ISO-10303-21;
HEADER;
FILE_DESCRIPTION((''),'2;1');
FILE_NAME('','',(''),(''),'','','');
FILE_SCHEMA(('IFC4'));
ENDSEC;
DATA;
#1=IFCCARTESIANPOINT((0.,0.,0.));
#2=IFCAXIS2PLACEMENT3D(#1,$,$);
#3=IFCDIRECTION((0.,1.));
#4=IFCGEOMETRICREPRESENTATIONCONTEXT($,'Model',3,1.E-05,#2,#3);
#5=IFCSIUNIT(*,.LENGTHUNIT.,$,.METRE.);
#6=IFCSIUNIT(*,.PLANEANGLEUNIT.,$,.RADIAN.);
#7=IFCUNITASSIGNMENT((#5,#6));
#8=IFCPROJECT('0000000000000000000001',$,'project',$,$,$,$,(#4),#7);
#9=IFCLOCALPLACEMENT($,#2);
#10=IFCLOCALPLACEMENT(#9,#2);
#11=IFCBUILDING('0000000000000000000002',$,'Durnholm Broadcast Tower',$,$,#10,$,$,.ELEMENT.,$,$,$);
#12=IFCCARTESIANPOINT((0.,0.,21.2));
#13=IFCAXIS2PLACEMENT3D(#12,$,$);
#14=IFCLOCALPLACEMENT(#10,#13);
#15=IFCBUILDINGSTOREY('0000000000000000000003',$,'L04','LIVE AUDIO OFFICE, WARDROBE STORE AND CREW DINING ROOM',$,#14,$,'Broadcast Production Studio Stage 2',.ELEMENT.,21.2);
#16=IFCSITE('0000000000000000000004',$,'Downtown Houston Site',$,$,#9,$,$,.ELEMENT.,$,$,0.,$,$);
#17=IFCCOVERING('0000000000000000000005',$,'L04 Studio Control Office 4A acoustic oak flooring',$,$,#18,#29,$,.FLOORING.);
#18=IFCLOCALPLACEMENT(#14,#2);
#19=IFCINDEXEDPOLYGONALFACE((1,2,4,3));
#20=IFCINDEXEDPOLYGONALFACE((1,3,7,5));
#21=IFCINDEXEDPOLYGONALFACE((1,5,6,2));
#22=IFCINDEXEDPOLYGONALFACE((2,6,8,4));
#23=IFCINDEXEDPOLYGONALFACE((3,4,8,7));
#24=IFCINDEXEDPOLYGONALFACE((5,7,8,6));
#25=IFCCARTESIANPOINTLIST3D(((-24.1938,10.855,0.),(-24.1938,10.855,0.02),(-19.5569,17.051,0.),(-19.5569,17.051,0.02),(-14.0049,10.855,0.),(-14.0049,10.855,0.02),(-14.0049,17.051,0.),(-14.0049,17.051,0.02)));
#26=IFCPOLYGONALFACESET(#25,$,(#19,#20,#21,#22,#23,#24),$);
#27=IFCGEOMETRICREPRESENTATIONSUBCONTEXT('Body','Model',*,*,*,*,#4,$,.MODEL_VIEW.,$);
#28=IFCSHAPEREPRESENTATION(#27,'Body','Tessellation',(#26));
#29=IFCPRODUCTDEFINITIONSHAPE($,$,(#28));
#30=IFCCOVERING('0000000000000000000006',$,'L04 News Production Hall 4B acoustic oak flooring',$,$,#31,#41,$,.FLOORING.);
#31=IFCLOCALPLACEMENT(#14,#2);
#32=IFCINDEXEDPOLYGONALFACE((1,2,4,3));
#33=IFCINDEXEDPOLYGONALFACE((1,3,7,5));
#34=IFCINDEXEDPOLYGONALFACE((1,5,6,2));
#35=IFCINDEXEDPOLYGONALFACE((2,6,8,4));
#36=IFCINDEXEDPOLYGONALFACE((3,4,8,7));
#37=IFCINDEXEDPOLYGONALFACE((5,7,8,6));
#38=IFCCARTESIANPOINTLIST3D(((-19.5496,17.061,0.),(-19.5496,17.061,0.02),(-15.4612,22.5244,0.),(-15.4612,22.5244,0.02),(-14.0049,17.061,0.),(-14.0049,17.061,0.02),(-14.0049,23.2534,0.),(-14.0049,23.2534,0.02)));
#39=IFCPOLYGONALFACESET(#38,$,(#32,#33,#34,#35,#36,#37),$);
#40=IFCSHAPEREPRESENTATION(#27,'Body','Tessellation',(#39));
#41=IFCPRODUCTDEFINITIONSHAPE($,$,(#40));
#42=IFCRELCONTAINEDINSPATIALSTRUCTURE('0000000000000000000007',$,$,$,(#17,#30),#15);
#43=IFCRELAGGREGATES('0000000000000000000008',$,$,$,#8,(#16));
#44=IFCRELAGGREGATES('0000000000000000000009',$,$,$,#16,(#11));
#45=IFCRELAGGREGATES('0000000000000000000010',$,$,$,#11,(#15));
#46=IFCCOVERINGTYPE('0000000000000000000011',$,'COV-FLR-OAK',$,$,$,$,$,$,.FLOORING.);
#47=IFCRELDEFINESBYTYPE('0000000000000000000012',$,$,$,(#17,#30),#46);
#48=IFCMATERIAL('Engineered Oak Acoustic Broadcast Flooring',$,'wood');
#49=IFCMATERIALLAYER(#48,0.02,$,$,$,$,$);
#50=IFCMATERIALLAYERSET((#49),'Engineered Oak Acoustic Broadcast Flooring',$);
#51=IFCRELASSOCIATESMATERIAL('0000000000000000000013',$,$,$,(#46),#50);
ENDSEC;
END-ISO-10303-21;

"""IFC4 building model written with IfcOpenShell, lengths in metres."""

from ifc_helpers import new_model, si_unit, direction, frame, origin, place, context, subcontext, project, spatial, polyline, outline, extrude, material, layer, layer_set, type_object, element, save


model = new_model("IFC4")

# Units and contexts
model_context = context("Model", 3, precision=1e-05, world=origin(), true_north=direction((0.0, 1.0)))
body_context = subcontext(model_context, "Body", "Model", "MODEL_VIEW")
ifc_project = project(units=[si_unit("LENGTHUNIT", "METRE"), si_unit("PLANEANGLEUNIT", "RADIAN")], contexts=[model_context])

# Site, building, storey
site_placement = place(None, origin())
site = spatial("IfcSite", under=ifc_project, at=site_placement, Name="Downtown Houston Site", CompositionType="ELEMENT", RefElevation=0.0)
building_placement = place(site_placement, origin())
building = spatial("IfcBuilding", under=site, at=building_placement, Name="Durnholm Broadcast Tower", CompositionType="ELEMENT")
storey_placement = place(building_placement, frame((0.0, 0.0, 21.2)))
storey = spatial("IfcBuildingStorey", under=building, at=storey_placement, Name="L04", Description="LIVE AUDIO OFFICE, WARDROBE STORE AND CREW DINING ROOM", LongName="Broadcast Production Studio Stage 2", CompositionType="ELEMENT", Elevation=21.2)

# Coverings
ifc_material_1 = material(Name="Engineered Oak Acoustic Broadcast Flooring", Category="wood")
ifc_layer_1 = layer(ifc_material_1, 0.02)
ifc_layer_set_1 = layer_set([ifc_layer_1], Name="Engineered Oak Acoustic Broadcast Flooring")
covering_type_1 = type_object("IfcCoveringType", Name="COV-FLR-OAK", PredefinedType="FLOORING", material=ifc_layer_set_1)
covering_1_placement = place(storey_placement, origin())
element("IfcCovering", 1, at=covering_1_placement, inside=storey, type_object=covering_type_1, Name="L04 Studio Control Office 4A acoustic oak flooring", PredefinedType="FLOORING", context=body_context, shape_type="SweptSolid", body=[
    extrude(outline(polyline([(-24.1938, 10.855), (-14.0049, 10.855), (-14.0049, 17.051), (-19.5569, 17.051), (-24.1938, 10.855)])), origin(), (0.0, 0.0, 1.0), 0.02),
])
covering_2_placement = place(storey_placement, origin())
element("IfcCovering", 2, at=covering_2_placement, inside=storey, type_object=covering_type_1, Name="L04 News Production Hall 4B acoustic oak flooring", PredefinedType="FLOORING", context=body_context, shape_type="SweptSolid", body=[
    extrude(outline(polyline([(-14.0049, 17.061), (-14.0049, 23.2534), (-15.4612, 22.5244), (-19.5496, 17.061), (-14.0049, 17.061)])), origin(), (0.0, 0.0, 1.0), 0.02),
])

save(model, "model.ifc")
